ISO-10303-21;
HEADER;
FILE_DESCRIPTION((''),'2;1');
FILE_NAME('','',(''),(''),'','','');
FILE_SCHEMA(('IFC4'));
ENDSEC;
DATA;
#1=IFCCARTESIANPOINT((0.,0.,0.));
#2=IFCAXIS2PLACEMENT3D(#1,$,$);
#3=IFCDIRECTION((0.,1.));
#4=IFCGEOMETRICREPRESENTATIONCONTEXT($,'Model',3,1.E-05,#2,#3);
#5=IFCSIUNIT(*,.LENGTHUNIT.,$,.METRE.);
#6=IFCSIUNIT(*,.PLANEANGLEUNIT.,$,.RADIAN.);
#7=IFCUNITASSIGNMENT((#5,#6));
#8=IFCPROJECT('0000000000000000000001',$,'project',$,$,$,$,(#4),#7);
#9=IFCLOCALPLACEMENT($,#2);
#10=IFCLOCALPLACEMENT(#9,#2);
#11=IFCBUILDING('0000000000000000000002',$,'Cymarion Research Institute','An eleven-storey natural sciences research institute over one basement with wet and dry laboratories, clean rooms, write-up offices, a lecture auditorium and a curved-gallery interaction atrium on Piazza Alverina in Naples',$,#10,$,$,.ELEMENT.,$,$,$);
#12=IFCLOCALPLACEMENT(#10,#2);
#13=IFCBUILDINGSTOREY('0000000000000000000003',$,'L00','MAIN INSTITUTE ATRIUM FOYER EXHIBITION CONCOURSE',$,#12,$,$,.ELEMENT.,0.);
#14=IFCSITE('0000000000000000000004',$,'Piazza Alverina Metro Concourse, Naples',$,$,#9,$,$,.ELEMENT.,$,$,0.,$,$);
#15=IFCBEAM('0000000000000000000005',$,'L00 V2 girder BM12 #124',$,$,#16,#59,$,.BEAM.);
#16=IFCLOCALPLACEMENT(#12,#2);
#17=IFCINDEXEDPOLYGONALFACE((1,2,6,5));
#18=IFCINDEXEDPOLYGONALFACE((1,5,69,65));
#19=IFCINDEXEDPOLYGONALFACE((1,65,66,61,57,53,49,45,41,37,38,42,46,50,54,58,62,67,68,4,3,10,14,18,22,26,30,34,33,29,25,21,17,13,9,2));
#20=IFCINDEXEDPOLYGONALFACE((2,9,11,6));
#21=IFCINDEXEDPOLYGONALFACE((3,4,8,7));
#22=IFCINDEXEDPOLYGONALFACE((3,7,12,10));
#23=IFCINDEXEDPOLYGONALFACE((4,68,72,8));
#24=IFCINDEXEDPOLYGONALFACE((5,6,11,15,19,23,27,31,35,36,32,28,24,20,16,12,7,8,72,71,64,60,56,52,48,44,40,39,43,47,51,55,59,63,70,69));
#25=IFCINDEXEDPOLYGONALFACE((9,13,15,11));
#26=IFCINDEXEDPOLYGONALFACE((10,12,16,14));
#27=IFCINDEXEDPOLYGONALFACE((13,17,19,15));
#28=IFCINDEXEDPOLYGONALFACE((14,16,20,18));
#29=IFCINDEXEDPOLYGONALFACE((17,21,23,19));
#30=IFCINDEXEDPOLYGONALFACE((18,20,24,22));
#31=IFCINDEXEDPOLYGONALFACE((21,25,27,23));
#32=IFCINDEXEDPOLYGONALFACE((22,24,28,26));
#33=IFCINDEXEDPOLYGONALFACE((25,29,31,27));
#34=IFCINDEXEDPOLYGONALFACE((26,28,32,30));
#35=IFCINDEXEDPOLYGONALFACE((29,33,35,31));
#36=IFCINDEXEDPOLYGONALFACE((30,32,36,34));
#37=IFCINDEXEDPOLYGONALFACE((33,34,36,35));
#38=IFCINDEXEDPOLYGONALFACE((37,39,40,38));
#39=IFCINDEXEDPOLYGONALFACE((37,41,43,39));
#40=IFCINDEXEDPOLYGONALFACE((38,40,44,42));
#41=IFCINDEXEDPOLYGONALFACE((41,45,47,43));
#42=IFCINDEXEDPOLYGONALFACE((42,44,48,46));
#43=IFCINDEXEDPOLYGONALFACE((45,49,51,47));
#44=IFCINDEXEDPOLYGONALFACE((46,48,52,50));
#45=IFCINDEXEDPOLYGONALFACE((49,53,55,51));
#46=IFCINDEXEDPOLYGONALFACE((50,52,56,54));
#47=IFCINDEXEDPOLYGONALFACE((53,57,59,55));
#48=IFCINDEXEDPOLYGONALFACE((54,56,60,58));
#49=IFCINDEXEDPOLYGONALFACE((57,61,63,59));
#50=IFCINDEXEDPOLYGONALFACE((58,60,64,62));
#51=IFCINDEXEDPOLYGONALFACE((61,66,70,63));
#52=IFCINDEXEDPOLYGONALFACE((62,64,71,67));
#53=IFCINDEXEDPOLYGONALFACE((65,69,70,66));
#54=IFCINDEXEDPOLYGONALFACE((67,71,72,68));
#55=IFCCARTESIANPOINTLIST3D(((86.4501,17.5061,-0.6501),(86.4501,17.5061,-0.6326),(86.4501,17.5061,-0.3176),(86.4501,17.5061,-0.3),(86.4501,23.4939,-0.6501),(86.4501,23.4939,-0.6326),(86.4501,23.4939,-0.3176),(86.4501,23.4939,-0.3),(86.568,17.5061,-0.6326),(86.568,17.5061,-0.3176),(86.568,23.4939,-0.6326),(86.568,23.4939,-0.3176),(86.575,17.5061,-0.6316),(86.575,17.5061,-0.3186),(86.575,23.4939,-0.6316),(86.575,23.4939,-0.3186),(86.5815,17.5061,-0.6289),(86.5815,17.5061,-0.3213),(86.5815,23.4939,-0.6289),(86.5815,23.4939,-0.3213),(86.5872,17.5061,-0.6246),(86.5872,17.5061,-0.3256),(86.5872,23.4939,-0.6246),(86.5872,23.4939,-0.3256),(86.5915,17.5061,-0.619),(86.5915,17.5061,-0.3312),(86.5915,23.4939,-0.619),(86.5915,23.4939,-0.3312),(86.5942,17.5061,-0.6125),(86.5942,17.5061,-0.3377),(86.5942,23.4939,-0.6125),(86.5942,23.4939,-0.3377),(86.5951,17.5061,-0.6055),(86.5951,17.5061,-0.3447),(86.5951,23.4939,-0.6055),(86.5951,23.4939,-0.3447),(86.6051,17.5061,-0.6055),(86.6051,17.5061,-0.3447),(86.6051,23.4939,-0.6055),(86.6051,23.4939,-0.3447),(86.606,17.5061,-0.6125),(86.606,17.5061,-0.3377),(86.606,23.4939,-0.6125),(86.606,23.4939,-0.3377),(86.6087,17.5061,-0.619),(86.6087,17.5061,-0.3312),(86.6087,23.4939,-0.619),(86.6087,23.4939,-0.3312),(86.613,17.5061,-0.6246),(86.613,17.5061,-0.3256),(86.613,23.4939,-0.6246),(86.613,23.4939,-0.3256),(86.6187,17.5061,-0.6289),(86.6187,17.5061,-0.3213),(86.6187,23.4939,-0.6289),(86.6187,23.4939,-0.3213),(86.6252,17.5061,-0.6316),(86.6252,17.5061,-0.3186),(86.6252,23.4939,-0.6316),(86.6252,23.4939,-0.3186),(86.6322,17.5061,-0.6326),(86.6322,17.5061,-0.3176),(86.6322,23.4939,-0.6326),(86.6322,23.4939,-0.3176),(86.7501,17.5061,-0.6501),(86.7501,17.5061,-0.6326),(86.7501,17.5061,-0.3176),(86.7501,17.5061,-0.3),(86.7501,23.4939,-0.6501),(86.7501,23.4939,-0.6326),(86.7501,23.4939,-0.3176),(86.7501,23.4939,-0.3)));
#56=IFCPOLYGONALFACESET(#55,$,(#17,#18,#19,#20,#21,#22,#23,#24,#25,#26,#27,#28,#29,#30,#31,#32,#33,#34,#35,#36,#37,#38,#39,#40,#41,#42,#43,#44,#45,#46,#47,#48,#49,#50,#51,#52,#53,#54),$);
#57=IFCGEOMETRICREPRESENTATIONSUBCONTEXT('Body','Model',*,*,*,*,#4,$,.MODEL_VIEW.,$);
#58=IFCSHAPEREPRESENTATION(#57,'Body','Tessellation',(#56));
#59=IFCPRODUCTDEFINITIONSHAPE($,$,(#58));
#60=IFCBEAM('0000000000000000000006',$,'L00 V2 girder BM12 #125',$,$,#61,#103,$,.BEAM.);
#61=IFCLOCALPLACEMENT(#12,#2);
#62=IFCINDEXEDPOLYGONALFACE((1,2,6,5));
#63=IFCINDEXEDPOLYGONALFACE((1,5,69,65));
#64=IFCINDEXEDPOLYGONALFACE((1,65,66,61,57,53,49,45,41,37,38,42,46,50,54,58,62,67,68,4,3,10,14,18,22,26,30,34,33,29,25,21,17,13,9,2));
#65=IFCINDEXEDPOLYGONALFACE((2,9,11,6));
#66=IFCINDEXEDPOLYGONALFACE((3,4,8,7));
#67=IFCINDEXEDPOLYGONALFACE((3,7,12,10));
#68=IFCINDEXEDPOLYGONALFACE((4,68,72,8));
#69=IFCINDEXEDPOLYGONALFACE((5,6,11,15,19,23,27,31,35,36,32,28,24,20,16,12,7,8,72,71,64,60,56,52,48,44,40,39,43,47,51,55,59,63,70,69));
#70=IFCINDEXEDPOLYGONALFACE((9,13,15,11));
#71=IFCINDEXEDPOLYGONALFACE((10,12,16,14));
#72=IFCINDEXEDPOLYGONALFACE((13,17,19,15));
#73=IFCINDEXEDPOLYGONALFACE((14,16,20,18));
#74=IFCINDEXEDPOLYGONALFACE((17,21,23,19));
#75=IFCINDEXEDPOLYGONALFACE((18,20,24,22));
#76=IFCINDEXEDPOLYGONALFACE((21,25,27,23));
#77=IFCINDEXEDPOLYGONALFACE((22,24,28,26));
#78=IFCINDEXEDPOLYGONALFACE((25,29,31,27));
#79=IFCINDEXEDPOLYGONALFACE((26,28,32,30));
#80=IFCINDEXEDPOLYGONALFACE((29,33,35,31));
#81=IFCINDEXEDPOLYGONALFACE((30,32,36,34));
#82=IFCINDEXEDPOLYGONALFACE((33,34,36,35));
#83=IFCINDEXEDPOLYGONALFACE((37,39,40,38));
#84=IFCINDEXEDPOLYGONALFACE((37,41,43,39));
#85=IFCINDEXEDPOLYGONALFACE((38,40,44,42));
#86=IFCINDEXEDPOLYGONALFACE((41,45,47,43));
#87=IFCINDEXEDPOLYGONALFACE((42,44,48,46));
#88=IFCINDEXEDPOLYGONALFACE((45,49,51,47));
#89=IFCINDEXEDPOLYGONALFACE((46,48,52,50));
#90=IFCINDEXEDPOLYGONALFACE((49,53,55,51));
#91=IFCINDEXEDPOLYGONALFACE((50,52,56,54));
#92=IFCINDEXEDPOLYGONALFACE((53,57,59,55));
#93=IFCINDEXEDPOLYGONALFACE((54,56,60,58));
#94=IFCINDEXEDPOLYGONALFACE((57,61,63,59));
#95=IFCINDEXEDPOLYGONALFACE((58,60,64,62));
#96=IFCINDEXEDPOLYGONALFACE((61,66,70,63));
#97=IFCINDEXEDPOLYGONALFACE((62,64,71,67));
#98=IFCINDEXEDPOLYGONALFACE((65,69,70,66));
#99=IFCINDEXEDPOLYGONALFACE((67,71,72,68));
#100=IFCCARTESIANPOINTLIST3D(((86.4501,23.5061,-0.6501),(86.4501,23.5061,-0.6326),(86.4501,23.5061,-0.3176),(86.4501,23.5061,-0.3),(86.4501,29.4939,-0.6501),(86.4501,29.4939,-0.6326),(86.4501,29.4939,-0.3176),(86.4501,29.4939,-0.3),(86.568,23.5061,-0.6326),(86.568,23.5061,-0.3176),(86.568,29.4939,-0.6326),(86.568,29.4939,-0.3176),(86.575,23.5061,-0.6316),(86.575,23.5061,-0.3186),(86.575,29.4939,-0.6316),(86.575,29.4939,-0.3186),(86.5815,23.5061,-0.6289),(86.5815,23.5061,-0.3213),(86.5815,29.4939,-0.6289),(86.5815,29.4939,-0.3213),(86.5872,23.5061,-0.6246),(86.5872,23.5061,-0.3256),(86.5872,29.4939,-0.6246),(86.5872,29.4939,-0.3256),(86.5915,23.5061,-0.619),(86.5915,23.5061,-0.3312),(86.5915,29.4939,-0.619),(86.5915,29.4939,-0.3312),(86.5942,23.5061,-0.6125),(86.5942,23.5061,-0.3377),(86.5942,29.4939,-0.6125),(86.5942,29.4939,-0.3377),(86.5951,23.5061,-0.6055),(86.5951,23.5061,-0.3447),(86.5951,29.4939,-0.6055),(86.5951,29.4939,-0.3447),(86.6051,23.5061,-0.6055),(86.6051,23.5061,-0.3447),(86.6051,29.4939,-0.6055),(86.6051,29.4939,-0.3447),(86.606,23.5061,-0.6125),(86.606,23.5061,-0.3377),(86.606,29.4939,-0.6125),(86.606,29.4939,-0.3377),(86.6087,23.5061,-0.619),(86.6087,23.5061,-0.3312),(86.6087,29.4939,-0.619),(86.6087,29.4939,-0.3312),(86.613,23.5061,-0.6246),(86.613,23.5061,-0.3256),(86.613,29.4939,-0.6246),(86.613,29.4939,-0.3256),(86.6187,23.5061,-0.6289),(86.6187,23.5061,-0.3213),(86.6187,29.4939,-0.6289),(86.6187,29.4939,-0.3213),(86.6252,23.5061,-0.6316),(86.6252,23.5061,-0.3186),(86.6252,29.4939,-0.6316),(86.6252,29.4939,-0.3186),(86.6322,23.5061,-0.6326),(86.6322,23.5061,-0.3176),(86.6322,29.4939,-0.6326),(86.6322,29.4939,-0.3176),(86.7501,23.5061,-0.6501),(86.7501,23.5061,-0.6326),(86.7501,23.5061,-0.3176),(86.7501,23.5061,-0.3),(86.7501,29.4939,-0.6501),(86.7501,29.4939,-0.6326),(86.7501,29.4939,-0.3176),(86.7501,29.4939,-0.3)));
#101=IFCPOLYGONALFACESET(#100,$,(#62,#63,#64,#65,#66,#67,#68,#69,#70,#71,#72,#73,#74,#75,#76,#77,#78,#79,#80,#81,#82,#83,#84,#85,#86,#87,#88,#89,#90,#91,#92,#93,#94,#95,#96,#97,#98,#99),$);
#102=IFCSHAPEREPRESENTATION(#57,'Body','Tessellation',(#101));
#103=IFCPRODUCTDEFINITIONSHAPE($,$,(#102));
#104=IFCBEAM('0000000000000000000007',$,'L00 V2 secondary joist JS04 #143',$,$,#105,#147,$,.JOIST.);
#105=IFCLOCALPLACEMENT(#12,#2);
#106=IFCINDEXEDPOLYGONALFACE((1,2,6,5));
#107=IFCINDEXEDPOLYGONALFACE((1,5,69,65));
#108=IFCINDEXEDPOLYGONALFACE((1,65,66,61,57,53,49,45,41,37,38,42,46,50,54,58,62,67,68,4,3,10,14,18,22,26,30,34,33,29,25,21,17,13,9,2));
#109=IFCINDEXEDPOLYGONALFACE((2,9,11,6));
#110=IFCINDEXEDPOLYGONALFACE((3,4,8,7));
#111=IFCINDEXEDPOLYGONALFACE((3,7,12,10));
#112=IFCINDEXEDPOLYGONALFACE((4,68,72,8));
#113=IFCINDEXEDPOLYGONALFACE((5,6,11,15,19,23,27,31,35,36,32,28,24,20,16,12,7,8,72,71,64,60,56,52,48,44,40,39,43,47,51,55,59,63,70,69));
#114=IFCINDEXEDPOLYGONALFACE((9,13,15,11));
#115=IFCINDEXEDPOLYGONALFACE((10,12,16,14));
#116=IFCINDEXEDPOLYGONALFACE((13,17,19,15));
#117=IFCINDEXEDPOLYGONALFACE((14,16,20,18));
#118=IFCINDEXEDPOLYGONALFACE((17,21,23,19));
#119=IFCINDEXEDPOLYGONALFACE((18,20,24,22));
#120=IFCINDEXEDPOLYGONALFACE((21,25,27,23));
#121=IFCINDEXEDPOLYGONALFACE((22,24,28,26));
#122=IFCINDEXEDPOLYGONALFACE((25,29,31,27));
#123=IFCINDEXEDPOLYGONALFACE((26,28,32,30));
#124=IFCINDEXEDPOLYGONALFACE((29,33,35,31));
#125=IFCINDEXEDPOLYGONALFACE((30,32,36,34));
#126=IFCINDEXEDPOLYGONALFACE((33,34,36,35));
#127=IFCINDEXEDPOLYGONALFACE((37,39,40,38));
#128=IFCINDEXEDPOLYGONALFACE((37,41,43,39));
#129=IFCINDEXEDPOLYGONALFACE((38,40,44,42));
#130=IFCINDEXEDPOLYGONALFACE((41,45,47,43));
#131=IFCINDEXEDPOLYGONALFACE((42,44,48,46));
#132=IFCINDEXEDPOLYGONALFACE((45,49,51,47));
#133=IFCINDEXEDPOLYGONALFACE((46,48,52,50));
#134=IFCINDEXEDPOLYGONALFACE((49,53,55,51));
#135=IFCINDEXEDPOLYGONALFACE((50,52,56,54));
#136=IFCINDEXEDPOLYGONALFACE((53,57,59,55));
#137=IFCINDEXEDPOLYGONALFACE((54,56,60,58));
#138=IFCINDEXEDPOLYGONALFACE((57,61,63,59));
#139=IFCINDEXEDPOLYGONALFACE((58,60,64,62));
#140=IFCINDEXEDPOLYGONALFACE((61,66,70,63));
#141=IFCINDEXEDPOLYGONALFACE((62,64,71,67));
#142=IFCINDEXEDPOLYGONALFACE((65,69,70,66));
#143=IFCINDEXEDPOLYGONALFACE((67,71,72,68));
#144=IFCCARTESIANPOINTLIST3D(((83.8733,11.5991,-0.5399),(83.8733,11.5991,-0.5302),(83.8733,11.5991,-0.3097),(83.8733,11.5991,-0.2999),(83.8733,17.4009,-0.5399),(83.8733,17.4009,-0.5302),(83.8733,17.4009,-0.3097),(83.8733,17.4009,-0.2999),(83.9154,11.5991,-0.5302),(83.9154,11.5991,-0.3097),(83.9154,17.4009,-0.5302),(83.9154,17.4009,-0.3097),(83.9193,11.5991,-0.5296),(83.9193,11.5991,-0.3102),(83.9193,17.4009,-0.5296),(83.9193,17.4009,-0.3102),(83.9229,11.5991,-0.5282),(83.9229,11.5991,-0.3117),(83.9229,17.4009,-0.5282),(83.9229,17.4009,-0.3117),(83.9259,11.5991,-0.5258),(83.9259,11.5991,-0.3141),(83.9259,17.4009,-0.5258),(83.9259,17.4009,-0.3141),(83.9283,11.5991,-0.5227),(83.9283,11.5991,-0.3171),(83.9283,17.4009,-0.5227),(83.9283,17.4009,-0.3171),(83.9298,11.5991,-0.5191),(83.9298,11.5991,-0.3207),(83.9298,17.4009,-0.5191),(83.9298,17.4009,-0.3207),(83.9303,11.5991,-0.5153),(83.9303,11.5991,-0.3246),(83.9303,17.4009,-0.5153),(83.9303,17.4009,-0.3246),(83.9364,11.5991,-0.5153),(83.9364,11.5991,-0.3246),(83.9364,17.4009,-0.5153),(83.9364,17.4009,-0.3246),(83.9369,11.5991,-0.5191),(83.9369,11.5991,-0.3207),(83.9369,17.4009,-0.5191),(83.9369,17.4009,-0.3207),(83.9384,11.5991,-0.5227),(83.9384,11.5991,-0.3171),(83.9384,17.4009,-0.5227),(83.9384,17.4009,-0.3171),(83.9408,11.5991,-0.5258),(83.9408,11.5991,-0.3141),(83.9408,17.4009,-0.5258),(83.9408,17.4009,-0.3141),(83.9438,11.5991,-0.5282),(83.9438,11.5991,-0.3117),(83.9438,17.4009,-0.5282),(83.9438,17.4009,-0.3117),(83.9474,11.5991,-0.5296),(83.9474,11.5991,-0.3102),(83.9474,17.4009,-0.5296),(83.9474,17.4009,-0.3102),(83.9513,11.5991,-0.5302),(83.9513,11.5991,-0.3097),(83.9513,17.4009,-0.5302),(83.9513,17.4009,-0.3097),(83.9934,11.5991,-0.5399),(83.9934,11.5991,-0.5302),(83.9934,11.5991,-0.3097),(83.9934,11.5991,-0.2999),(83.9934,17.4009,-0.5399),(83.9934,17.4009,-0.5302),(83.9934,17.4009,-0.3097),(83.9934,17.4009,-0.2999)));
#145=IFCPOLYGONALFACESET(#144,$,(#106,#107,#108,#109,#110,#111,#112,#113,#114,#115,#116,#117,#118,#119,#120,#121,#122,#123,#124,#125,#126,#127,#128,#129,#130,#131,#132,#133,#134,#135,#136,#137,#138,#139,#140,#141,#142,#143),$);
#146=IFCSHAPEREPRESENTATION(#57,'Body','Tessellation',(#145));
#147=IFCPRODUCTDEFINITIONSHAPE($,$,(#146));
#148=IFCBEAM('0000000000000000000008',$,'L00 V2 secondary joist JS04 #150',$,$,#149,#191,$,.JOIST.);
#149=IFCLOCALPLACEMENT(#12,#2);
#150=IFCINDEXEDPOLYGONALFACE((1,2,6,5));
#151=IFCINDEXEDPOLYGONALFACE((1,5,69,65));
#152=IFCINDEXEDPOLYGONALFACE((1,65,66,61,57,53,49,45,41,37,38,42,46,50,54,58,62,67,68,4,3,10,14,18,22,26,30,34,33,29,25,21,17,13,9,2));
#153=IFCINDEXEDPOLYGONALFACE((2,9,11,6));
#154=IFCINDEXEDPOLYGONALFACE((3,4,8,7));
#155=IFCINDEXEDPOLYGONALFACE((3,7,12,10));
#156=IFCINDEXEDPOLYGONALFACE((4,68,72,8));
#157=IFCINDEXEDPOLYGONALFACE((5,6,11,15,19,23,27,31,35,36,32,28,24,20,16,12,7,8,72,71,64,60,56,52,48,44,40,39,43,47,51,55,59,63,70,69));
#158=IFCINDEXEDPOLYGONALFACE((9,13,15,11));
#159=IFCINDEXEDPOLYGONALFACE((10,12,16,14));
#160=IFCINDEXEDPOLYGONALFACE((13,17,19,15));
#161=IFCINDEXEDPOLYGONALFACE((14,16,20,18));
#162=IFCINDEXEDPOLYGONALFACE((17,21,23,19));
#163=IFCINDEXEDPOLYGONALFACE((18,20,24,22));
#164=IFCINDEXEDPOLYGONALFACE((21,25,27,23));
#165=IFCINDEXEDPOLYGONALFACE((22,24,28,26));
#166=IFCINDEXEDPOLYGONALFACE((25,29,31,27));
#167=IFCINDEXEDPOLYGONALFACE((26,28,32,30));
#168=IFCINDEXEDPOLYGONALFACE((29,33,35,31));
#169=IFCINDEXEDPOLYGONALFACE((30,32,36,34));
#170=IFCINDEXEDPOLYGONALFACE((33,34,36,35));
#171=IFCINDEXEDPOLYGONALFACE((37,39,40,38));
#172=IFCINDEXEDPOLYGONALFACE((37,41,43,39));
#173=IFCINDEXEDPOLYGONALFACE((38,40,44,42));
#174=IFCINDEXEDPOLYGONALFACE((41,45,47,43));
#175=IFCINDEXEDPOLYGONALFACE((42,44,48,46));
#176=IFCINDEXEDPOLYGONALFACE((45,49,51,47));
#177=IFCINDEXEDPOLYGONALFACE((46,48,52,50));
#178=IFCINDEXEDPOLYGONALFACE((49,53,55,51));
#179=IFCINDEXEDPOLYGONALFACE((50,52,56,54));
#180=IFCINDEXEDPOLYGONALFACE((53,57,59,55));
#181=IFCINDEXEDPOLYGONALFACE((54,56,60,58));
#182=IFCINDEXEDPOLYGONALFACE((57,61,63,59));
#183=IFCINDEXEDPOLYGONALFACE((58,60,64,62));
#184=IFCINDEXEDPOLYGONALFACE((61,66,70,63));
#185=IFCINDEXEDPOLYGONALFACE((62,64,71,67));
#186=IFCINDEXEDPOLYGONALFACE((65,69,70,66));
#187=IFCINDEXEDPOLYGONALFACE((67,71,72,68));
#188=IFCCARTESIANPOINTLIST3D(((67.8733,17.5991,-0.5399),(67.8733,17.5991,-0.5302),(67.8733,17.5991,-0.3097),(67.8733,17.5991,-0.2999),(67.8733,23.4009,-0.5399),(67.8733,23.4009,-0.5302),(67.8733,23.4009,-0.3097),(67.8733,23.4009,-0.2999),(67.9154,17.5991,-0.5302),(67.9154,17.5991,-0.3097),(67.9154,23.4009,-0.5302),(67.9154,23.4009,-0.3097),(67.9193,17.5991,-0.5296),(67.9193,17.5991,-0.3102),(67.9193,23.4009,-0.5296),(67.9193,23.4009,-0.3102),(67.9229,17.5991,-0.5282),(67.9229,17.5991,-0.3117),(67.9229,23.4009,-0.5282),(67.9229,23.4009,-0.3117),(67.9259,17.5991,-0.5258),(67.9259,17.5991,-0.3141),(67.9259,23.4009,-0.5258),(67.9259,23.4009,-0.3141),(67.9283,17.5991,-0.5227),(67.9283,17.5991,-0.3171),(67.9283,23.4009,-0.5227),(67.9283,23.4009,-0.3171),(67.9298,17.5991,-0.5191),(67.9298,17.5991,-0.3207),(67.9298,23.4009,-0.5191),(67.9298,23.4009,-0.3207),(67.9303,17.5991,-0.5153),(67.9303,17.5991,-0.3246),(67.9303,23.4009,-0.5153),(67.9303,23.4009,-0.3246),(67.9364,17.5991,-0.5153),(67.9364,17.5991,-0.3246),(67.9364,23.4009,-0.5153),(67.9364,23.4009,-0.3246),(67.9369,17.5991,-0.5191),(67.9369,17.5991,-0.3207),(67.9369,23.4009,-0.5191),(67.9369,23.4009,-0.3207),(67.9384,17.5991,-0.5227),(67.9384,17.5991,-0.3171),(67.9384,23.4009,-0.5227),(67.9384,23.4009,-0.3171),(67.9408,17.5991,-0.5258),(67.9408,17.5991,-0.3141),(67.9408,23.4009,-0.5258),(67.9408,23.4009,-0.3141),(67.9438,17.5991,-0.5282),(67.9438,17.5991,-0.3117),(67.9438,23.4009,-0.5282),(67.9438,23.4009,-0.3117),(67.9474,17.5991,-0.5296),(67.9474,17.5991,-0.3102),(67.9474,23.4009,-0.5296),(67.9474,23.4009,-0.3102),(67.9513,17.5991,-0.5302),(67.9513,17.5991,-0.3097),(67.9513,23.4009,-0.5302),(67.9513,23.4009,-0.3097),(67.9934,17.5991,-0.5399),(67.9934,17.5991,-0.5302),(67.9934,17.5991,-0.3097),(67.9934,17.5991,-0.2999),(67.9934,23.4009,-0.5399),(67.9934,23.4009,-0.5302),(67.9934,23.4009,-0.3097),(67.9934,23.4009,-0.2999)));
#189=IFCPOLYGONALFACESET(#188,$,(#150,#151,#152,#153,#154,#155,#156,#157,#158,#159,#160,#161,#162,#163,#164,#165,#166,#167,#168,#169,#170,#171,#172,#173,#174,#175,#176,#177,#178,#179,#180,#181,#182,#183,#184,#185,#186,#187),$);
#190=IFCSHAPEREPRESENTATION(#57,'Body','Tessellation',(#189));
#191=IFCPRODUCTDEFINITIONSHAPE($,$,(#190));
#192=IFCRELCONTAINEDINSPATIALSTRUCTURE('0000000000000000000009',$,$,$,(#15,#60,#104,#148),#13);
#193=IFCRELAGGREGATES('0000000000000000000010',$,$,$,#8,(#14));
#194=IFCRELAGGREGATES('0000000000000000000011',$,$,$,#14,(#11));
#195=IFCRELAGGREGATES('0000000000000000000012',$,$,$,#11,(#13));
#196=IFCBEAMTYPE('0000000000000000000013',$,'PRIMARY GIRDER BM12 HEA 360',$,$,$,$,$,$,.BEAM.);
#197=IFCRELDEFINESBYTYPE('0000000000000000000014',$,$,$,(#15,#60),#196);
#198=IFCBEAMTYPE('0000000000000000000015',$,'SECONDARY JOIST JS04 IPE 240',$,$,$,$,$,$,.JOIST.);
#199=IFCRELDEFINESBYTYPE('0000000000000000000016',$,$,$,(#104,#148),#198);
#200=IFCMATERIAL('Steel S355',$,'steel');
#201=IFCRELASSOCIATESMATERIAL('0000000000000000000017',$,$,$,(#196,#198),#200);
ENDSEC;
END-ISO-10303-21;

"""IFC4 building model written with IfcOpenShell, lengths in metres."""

from ifc_helpers import new_model, si_unit, direction, frame, origin, origin_2d, place, context, subcontext, project, spatial, i_section, extrude, material, material_profile, profile_set, type_object, element, save


model = new_model("IFC4")

# Units and contexts
model_context = context("Model", 3, precision=1e-05, world=origin(), true_north=direction((0.0, 1.0)))
body_context = subcontext(model_context, "Body", "Model", "MODEL_VIEW")
ifc_project = project(units=[si_unit("LENGTHUNIT", "METRE"), si_unit("PLANEANGLEUNIT", "RADIAN")], contexts=[model_context])

# Site, building, storey
site_placement = place(None, origin())
site = spatial("IfcSite", under=ifc_project, at=site_placement, Name="Piazza Alverina Metro Concourse, Naples", CompositionType="ELEMENT", RefElevation=0.0)
building_placement = place(site_placement, origin())
building = spatial("IfcBuilding", under=site, at=building_placement, Name="Cymarion Research Institute", Description="An eleven-storey natural sciences research institute over one basement with wet and dry laboratories, clean rooms, write-up offices, a lecture auditorium and a curved-gallery interaction atrium on Piazza Alverina in Naples", CompositionType="ELEMENT")
storey_placement = place(building_placement, origin())
storey = spatial("IfcBuildingStorey", under=building, at=storey_placement, Name="L00", Description="MAIN INSTITUTE ATRIUM FOYER EXHIBITION CONCOURSE", CompositionType="ELEMENT", Elevation=0.0)

# Beams
ifc_material = material(Name="Steel S355", Category="steel")
ifc_material_profile_1 = material_profile(ifc_material, i_section(OverallWidth=0.3, OverallDepth=0.3501, WebThickness=0.01, FlangeThickness=0.0176, FilletRadius=0.0271, at=origin_2d()), Name="HEA 360")
ifc_profile_set_1 = profile_set([ifc_material_profile_1], Name="Steel S355")
beam_type_1 = type_object("IfcBeamType", Name="PRIMARY GIRDER BM12 HEA 360", PredefinedType="BEAM", material=ifc_profile_set_1)
for number, where, z_axis, x_axis, name in (
    (1, (86.6001, 17.5061, -0.4751), (0.0, 1.0, 0.0), (-1.0, 0.0, 0.0), "L00 V2 girder BM12 #124"),
    (2, (86.6001, 23.5061, -0.4751), (0.0, 1.0, 0.0), (-1.0, 0.0, 0.0), "L00 V2 girder BM12 #125"),
):
    element("IfcBeam", number, at=place(storey_placement, frame(where, z_axis=z_axis, x_axis=x_axis)), inside=storey, type_object=beam_type_1, Name=name, PredefinedType="BEAM", context=body_context, shape_type="SweptSolid", body=[
        extrude(i_section(OverallWidth=0.3, OverallDepth=0.3501, WebThickness=0.01, FlangeThickness=0.0176, FilletRadius=0.0271, at=origin_2d()), origin(), (0.0, 0.0, 1.0), 5.9878),
    ])
ifc_material_profile_2 = material_profile(ifc_material, i_section(OverallWidth=0.1201, OverallDepth=0.24, WebThickness=0.0061, FlangeThickness=0.0098, FilletRadius=0.0149, at=origin_2d()), Name="IPE 240")
ifc_profile_set_2 = profile_set([ifc_material_profile_2], Name="Steel S355")
beam_type_2 = type_object("IfcBeamType", Name="SECONDARY JOIST JS04 IPE 240", PredefinedType="JOIST", material=ifc_profile_set_2)
for number, where, z_axis, x_axis, name in (
    (3, (83.9333, 11.5991, -0.4199), (0.0, 1.0, 0.0), (-1.0, 0.0, 0.0), "L00 V2 secondary joist JS04 #143"),
    (4, (67.9333, 17.5991, -0.4199), (0.0, 1.0, 0.0), (-1.0, 0.0, 0.0), "L00 V2 secondary joist JS04 #150"),
):
    element("IfcBeam", number, at=place(storey_placement, frame(where, z_axis=z_axis, x_axis=x_axis)), inside=storey, type_object=beam_type_2, Name=name, PredefinedType="JOIST", context=body_context, shape_type="SweptSolid", body=[
        extrude(i_section(OverallWidth=0.1201, OverallDepth=0.24, WebThickness=0.0061, FlangeThickness=0.0098, FilletRadius=0.0149, at=origin_2d()), origin(), (0.0, 0.0, 1.0), 5.8018),
    ])

save(model, "model.ifc")
